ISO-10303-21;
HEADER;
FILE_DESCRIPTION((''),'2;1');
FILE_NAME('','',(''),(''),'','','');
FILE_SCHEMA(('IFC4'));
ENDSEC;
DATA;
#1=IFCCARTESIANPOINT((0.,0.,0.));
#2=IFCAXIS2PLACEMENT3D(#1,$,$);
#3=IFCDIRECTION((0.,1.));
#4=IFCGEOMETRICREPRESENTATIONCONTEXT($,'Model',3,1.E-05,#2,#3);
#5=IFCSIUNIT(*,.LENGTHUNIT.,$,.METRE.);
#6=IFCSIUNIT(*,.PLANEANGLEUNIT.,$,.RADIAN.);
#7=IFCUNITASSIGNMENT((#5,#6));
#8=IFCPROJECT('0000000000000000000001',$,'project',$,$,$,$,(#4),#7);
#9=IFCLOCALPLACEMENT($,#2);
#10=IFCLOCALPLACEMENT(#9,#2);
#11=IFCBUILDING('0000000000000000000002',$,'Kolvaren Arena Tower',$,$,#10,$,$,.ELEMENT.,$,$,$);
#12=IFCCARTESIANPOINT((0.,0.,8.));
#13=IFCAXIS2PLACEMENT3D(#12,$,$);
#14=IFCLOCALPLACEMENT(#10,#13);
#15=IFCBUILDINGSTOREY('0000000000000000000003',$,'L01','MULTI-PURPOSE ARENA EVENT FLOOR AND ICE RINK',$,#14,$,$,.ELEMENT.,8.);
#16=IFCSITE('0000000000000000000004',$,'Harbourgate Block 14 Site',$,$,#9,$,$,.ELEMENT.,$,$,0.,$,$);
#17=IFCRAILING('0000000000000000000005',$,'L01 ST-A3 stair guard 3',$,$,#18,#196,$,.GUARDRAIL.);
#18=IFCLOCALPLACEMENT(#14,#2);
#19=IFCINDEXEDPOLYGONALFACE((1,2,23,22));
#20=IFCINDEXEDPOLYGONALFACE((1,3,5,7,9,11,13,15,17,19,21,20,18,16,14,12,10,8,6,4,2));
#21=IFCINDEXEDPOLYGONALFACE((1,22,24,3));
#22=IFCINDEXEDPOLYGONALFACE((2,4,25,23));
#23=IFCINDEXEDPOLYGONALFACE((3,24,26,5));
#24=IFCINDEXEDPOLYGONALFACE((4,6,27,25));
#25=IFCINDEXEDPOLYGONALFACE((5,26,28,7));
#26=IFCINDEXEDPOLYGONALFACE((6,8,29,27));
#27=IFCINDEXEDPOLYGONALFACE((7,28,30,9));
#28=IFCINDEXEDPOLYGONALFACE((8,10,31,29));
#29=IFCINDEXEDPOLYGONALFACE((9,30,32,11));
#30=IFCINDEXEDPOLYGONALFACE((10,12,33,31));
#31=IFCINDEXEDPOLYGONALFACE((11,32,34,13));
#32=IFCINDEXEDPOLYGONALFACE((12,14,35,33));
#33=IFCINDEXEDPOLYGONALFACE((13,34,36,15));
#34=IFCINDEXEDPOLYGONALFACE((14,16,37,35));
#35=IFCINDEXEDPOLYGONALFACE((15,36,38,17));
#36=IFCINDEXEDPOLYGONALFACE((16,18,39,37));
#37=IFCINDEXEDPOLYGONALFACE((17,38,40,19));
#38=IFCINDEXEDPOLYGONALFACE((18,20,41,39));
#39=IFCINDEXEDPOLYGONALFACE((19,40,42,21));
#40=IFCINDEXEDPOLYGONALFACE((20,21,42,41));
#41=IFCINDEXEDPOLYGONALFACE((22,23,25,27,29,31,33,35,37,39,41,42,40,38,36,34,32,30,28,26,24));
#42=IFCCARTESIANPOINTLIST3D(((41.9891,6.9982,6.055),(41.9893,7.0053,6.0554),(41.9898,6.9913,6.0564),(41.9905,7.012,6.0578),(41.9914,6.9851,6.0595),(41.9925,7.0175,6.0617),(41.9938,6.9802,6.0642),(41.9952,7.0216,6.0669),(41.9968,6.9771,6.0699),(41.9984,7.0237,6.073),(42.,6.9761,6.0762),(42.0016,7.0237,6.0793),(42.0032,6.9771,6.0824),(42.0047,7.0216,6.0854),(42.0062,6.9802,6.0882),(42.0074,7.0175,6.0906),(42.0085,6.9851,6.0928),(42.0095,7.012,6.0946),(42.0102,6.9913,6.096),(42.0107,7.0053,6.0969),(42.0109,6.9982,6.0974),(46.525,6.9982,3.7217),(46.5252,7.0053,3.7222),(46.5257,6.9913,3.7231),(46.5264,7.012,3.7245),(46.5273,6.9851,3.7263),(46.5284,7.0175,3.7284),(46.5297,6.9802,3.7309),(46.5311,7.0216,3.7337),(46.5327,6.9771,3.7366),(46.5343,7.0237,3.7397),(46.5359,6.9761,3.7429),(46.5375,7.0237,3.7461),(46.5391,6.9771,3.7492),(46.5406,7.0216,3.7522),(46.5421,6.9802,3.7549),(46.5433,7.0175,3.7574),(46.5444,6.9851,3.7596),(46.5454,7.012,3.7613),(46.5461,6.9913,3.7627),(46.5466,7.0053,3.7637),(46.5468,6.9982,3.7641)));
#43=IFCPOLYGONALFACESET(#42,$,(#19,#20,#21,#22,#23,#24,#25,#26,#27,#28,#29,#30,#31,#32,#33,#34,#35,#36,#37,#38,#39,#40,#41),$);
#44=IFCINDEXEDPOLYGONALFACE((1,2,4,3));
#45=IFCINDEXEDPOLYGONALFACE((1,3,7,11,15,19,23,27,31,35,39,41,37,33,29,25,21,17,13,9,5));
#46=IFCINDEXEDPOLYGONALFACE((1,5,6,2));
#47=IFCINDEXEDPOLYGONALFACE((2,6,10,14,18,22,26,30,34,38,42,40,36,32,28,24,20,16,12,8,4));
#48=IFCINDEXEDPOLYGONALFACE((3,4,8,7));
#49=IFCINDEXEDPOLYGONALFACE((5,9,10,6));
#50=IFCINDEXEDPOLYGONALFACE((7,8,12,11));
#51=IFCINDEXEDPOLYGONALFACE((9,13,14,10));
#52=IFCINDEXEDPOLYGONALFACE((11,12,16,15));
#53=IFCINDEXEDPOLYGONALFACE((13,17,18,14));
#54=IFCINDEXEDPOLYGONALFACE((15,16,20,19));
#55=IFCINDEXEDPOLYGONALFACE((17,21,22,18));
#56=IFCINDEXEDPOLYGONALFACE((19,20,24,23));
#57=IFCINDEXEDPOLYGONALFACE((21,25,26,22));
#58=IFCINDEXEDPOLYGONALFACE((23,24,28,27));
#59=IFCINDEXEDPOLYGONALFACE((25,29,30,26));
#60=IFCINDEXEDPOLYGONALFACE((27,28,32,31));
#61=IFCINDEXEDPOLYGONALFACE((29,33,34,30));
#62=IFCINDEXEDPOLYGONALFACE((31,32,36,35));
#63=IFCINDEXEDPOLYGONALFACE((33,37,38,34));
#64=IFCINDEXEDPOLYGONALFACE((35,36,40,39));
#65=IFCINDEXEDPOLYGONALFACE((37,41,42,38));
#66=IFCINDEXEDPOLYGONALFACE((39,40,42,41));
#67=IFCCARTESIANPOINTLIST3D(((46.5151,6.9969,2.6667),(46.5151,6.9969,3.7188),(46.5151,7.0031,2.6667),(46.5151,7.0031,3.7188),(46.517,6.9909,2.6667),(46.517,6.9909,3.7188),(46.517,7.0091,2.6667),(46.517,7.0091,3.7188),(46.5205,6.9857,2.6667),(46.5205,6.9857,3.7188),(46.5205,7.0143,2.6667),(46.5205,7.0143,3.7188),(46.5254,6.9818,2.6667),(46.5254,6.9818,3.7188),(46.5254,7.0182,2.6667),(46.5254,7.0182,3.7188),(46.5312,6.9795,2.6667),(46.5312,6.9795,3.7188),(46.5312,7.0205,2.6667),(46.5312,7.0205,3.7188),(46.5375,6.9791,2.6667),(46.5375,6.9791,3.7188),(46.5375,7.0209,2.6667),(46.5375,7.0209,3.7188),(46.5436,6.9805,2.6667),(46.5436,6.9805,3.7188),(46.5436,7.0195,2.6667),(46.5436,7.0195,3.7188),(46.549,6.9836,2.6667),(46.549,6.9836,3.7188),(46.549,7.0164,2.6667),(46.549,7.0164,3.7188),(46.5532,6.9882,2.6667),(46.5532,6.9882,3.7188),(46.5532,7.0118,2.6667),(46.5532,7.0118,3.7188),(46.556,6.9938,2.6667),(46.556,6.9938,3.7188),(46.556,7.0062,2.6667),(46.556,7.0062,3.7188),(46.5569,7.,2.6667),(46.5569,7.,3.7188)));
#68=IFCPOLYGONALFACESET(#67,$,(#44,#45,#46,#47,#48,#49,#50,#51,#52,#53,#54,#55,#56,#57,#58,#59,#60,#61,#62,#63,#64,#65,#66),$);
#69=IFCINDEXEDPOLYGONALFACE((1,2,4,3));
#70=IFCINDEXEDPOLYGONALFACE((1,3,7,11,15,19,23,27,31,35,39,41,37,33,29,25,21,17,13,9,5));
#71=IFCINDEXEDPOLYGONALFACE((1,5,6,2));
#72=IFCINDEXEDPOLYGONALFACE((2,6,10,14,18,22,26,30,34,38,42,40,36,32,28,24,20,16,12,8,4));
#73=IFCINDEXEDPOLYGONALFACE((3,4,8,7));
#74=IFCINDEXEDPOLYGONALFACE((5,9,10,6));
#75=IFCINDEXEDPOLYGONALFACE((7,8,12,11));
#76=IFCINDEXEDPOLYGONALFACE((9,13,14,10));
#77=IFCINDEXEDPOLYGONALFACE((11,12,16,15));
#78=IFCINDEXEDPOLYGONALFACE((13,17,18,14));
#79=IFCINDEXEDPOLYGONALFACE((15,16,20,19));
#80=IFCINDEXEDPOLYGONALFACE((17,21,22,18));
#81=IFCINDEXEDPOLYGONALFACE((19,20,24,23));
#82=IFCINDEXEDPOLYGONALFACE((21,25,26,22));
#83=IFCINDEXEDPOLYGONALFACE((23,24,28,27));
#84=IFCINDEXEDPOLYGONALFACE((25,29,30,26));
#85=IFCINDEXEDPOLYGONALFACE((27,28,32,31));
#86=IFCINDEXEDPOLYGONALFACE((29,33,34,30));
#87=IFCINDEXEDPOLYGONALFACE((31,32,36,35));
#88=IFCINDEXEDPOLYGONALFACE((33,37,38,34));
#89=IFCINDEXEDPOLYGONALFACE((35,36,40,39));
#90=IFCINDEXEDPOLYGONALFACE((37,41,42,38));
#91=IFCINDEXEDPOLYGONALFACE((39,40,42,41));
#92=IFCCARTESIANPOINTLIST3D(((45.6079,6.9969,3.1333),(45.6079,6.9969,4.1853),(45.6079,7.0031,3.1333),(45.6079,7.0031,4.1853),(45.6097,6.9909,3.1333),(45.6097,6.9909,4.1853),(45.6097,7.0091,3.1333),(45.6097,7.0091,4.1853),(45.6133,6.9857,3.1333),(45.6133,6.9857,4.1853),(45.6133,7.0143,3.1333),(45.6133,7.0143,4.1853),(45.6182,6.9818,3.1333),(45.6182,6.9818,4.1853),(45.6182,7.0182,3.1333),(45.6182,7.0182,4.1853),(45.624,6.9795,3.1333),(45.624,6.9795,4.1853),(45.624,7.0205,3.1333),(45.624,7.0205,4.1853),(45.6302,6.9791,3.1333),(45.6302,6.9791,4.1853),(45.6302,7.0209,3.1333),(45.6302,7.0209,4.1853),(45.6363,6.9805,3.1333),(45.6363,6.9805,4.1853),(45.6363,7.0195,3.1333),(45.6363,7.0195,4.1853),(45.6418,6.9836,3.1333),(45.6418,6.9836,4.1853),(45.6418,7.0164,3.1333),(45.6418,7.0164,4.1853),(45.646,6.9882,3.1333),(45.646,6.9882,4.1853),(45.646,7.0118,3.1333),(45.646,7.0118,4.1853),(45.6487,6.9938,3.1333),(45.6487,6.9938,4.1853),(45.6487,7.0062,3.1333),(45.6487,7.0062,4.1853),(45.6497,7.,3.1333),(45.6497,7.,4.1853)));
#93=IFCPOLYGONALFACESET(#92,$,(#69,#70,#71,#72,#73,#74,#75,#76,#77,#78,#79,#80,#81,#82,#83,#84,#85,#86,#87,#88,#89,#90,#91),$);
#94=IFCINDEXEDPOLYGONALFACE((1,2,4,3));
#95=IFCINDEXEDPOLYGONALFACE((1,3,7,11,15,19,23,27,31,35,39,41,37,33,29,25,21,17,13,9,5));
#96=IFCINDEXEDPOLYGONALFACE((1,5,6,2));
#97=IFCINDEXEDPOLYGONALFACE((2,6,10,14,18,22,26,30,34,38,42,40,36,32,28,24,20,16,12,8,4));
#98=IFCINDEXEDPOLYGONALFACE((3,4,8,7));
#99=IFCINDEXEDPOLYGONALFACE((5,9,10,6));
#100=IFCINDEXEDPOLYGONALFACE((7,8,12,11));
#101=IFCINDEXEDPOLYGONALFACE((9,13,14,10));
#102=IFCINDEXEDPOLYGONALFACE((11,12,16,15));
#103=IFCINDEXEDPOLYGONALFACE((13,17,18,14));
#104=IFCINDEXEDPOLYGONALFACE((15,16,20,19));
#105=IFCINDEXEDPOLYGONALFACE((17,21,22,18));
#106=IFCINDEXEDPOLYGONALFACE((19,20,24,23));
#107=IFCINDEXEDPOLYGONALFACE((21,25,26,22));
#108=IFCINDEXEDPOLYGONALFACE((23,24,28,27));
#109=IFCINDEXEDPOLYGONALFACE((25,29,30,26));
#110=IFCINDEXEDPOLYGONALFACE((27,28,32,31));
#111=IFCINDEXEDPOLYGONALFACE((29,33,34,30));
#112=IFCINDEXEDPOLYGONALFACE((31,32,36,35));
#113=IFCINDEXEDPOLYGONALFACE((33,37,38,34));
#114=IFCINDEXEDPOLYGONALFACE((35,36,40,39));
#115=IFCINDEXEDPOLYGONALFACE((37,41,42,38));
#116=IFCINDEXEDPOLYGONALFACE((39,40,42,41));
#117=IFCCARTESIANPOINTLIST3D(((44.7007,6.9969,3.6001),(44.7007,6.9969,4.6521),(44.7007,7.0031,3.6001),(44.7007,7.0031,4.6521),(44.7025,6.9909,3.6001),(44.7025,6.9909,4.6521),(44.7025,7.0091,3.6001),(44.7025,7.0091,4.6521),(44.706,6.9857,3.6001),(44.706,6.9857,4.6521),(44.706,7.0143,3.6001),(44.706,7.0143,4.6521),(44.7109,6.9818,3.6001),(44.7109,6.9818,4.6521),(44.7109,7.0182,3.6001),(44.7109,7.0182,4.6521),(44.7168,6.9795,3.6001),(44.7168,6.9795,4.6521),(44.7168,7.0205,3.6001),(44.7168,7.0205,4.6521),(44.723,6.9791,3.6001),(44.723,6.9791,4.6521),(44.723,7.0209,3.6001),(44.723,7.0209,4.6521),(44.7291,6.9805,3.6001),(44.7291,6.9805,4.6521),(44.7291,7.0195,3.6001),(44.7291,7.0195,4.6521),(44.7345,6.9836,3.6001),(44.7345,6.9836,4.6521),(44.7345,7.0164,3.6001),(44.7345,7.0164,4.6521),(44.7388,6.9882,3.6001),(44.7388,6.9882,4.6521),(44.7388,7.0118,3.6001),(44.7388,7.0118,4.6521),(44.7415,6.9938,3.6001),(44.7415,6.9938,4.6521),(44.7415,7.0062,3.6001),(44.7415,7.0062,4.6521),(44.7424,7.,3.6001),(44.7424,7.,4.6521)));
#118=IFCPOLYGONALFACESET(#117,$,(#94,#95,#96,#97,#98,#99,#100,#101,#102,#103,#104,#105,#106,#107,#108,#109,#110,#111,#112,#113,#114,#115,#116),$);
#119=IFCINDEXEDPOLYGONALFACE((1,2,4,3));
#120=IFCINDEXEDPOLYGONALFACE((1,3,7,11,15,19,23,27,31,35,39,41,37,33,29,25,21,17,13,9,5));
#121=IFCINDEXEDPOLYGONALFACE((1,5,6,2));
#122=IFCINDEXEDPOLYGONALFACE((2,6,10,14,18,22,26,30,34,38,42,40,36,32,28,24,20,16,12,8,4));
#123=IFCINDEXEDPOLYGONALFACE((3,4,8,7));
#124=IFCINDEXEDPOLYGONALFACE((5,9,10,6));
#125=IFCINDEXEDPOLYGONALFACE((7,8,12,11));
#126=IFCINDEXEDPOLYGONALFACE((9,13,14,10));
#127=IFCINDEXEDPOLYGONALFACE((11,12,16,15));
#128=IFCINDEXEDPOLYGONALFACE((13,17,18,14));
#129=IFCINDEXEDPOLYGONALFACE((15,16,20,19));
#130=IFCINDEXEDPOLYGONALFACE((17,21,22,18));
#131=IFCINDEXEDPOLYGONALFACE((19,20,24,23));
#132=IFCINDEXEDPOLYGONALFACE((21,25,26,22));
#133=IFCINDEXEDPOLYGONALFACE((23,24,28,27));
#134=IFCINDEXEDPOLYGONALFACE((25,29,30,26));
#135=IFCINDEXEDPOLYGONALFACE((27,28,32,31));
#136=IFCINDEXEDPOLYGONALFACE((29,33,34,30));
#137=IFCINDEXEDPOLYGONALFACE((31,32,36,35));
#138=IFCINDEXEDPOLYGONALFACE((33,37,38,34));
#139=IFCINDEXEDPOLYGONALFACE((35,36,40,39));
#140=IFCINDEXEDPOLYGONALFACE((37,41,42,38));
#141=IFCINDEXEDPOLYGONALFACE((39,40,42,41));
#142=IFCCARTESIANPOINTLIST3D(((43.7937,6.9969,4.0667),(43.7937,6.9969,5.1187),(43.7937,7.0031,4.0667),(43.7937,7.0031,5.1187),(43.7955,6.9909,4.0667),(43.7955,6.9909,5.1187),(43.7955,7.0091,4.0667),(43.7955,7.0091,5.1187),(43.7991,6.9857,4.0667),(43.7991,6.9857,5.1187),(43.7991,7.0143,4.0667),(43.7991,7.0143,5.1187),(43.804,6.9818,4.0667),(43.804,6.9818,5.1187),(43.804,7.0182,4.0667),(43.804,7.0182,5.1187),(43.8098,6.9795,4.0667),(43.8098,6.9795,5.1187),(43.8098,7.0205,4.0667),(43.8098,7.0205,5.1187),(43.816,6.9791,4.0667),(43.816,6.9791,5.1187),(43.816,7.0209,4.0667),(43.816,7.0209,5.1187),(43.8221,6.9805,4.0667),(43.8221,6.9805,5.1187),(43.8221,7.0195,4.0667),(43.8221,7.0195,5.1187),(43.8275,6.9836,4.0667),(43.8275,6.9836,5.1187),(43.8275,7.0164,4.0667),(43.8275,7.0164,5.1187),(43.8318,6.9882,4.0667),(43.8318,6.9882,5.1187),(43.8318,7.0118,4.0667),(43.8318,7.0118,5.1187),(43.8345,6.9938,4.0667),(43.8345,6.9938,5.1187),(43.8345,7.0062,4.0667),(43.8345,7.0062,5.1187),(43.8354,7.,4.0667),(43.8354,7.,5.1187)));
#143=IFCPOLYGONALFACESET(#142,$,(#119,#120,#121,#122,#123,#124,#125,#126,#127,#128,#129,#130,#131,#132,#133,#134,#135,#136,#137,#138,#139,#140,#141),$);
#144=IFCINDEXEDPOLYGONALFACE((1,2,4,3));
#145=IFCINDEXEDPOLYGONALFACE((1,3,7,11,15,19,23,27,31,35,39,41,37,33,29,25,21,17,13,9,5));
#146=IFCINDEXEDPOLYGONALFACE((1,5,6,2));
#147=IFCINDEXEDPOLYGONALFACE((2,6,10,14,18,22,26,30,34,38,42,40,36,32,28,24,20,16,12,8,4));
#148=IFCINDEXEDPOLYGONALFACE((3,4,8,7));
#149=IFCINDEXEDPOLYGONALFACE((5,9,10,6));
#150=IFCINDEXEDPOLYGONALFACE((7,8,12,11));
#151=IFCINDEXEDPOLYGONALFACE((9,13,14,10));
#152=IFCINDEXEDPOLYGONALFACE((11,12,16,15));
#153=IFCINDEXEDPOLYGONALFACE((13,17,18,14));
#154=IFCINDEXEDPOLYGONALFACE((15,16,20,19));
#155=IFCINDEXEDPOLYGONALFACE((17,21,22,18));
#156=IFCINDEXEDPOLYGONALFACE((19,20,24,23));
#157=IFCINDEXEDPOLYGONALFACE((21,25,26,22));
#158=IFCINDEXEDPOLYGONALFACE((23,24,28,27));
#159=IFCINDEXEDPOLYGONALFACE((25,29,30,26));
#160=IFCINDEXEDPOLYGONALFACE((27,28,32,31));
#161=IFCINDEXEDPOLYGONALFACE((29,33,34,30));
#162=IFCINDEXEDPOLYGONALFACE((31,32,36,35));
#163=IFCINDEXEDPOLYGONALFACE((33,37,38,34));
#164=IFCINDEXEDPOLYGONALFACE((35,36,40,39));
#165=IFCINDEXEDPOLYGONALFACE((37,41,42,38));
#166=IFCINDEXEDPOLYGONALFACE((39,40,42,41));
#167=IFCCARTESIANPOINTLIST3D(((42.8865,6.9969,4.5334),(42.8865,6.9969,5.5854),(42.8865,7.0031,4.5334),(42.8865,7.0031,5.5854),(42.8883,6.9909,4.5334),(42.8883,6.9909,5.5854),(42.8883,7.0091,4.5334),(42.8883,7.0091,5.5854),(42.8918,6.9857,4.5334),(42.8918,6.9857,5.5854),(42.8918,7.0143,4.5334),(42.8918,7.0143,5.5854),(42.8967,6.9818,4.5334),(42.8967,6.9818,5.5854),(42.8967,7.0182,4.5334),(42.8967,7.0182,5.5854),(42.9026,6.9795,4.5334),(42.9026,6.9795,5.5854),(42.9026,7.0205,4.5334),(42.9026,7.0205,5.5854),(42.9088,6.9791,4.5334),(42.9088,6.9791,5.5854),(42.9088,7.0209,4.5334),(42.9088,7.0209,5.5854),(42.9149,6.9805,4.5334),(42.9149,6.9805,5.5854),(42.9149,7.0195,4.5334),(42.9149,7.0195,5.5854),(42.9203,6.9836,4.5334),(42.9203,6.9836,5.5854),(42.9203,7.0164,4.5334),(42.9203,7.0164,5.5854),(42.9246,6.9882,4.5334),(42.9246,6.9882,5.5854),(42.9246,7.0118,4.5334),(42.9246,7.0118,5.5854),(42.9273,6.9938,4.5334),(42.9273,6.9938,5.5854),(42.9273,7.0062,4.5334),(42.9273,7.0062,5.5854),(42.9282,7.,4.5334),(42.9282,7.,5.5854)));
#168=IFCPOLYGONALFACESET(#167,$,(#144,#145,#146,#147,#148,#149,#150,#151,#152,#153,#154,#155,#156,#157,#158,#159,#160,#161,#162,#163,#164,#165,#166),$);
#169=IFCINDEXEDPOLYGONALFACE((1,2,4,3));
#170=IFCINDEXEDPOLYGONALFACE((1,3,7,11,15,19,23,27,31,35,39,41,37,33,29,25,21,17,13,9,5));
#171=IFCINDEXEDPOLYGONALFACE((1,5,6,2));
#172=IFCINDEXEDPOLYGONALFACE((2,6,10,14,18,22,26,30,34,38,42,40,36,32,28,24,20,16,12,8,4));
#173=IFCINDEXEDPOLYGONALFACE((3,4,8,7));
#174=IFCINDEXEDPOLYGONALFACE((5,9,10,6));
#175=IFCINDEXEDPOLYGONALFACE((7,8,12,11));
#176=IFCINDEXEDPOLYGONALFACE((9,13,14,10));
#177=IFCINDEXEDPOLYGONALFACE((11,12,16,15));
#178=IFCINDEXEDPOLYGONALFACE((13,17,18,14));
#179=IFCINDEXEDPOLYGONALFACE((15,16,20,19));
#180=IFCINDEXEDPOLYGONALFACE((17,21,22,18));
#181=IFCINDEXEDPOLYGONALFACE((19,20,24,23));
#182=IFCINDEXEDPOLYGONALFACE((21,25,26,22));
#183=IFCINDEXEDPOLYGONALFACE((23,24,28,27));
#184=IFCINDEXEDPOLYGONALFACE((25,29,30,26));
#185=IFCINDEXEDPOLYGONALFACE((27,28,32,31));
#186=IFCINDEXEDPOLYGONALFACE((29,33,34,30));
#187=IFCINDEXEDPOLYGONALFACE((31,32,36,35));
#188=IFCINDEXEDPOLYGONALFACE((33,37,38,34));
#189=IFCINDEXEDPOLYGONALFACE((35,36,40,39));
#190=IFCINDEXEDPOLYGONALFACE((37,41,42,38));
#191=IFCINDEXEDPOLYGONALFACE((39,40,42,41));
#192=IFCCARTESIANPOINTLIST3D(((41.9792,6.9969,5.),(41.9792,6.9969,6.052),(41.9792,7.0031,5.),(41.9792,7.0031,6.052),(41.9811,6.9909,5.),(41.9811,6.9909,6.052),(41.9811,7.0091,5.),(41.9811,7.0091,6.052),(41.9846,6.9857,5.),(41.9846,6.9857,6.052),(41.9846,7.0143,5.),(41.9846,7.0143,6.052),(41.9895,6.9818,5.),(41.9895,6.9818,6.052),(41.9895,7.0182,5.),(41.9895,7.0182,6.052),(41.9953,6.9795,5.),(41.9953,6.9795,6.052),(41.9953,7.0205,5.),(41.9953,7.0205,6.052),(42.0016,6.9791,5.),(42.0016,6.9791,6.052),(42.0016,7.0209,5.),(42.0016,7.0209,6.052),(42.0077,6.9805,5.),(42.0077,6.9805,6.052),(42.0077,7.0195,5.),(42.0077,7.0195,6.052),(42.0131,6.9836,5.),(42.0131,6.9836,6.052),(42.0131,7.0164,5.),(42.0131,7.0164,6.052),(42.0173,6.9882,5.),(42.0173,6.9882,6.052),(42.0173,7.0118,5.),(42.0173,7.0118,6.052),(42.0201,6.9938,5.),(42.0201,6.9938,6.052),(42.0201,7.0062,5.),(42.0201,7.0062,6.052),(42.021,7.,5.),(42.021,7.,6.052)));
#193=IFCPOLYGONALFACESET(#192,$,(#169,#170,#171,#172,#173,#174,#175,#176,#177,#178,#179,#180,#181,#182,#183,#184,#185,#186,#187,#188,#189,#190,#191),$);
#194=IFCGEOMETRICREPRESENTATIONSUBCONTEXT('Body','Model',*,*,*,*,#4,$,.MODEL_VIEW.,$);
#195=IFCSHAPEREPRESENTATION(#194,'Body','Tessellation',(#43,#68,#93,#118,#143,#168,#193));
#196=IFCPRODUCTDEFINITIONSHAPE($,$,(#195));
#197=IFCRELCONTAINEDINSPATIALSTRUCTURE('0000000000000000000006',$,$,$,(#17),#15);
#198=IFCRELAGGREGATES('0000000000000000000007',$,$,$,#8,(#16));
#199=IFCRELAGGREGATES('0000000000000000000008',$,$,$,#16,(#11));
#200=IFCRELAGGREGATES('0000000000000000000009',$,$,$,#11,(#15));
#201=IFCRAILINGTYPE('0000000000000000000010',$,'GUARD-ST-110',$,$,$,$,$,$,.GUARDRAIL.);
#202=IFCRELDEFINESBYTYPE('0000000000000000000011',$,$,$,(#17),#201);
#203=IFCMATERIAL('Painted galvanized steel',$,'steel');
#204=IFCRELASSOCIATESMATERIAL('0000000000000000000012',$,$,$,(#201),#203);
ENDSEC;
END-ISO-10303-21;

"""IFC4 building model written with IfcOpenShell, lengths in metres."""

from ifc_helpers import new_model, si_unit, direction, frame, origin, origin_2d, place, context, subcontext, project, spatial, circle, extrude, material, type_object, element, save


model = new_model("IFC4")

# Units and contexts
model_context = context("Model", 3, precision=1e-05, world=origin(), true_north=direction((0.0, 1.0)))
body_context = subcontext(model_context, "Body", "Model", "MODEL_VIEW")
ifc_project = project(units=[si_unit("LENGTHUNIT", "METRE"), si_unit("PLANEANGLEUNIT", "RADIAN")], contexts=[model_context])

# Site, building, storey
site_placement = place(None, origin())
site = spatial("IfcSite", under=ifc_project, at=site_placement, Name="Harbourgate Block 14 Site", CompositionType="ELEMENT", RefElevation=0.0)
building_placement = place(site_placement, origin())
building = spatial("IfcBuilding", under=site, at=building_placement, Name="Kolvaren Arena Tower", CompositionType="ELEMENT")
storey_placement = place(building_placement, frame((0.0, 0.0, 8.0)))
storey = spatial("IfcBuildingStorey", under=building, at=storey_placement, Name="L01", Description="MULTI-PURPOSE ARENA EVENT FLOOR AND ICE RINK", CompositionType="ELEMENT", Elevation=8.0)

# Railing
ifc_material_1 = material(Name="Painted galvanized steel", Category="steel")
railing_type_1 = type_object("IfcRailingType", Name="GUARD-ST-110", PredefinedType="GUARDRAIL", material=ifc_material_1)
railing_1_placement = place(storey_placement, frame((46.5359, 7.0, 2.6667)))
element("IfcRailing", 1, at=railing_1_placement, inside=storey, type_object=railing_type_1, Name="L01 ST-A3 stair guard 3", PredefinedType="GUARDRAIL", context=body_context, shape_type="SweptSolid", body=[
    extrude(circle(Radius=0.0239, at=origin_2d()), frame((0.0, 0.0, 1.0762), z_axis=(-0.889247, 0.0, 0.457427), x_axis=(0.0, -1.0, 0.0)), (0.0, 0.0, 1.0), 5.1008),
    extrude(circle(Radius=0.021, at=origin_2d()), origin(), (0.0, 0.0, 1.0), 1.052),
    extrude(circle(Radius=0.021, at=origin_2d()), frame((-0.9072, 0.0, 0.4666)), (0.0, 0.0, 1.0), 1.052),
    extrude(circle(Radius=0.021, at=origin_2d()), frame((-1.8145, 0.0, 0.9333)), (0.0, 0.0, 1.0), 1.052),
    extrude(circle(Radius=0.021, at=origin_2d()), frame((-2.7214, 0.0, 1.3999)), (0.0, 0.0, 1.0), 1.052),
    extrude(circle(Radius=0.021, at=origin_2d()), frame((-3.6287, 0.0, 1.8667)), (0.0, 0.0, 1.0), 1.052),
    extrude(circle(Radius=0.021, at=origin_2d()), frame((-4.5359, 0.0, 2.3333)), (0.0, 0.0, 1.0), 1.052),
])

save(model, "model.ifc")
